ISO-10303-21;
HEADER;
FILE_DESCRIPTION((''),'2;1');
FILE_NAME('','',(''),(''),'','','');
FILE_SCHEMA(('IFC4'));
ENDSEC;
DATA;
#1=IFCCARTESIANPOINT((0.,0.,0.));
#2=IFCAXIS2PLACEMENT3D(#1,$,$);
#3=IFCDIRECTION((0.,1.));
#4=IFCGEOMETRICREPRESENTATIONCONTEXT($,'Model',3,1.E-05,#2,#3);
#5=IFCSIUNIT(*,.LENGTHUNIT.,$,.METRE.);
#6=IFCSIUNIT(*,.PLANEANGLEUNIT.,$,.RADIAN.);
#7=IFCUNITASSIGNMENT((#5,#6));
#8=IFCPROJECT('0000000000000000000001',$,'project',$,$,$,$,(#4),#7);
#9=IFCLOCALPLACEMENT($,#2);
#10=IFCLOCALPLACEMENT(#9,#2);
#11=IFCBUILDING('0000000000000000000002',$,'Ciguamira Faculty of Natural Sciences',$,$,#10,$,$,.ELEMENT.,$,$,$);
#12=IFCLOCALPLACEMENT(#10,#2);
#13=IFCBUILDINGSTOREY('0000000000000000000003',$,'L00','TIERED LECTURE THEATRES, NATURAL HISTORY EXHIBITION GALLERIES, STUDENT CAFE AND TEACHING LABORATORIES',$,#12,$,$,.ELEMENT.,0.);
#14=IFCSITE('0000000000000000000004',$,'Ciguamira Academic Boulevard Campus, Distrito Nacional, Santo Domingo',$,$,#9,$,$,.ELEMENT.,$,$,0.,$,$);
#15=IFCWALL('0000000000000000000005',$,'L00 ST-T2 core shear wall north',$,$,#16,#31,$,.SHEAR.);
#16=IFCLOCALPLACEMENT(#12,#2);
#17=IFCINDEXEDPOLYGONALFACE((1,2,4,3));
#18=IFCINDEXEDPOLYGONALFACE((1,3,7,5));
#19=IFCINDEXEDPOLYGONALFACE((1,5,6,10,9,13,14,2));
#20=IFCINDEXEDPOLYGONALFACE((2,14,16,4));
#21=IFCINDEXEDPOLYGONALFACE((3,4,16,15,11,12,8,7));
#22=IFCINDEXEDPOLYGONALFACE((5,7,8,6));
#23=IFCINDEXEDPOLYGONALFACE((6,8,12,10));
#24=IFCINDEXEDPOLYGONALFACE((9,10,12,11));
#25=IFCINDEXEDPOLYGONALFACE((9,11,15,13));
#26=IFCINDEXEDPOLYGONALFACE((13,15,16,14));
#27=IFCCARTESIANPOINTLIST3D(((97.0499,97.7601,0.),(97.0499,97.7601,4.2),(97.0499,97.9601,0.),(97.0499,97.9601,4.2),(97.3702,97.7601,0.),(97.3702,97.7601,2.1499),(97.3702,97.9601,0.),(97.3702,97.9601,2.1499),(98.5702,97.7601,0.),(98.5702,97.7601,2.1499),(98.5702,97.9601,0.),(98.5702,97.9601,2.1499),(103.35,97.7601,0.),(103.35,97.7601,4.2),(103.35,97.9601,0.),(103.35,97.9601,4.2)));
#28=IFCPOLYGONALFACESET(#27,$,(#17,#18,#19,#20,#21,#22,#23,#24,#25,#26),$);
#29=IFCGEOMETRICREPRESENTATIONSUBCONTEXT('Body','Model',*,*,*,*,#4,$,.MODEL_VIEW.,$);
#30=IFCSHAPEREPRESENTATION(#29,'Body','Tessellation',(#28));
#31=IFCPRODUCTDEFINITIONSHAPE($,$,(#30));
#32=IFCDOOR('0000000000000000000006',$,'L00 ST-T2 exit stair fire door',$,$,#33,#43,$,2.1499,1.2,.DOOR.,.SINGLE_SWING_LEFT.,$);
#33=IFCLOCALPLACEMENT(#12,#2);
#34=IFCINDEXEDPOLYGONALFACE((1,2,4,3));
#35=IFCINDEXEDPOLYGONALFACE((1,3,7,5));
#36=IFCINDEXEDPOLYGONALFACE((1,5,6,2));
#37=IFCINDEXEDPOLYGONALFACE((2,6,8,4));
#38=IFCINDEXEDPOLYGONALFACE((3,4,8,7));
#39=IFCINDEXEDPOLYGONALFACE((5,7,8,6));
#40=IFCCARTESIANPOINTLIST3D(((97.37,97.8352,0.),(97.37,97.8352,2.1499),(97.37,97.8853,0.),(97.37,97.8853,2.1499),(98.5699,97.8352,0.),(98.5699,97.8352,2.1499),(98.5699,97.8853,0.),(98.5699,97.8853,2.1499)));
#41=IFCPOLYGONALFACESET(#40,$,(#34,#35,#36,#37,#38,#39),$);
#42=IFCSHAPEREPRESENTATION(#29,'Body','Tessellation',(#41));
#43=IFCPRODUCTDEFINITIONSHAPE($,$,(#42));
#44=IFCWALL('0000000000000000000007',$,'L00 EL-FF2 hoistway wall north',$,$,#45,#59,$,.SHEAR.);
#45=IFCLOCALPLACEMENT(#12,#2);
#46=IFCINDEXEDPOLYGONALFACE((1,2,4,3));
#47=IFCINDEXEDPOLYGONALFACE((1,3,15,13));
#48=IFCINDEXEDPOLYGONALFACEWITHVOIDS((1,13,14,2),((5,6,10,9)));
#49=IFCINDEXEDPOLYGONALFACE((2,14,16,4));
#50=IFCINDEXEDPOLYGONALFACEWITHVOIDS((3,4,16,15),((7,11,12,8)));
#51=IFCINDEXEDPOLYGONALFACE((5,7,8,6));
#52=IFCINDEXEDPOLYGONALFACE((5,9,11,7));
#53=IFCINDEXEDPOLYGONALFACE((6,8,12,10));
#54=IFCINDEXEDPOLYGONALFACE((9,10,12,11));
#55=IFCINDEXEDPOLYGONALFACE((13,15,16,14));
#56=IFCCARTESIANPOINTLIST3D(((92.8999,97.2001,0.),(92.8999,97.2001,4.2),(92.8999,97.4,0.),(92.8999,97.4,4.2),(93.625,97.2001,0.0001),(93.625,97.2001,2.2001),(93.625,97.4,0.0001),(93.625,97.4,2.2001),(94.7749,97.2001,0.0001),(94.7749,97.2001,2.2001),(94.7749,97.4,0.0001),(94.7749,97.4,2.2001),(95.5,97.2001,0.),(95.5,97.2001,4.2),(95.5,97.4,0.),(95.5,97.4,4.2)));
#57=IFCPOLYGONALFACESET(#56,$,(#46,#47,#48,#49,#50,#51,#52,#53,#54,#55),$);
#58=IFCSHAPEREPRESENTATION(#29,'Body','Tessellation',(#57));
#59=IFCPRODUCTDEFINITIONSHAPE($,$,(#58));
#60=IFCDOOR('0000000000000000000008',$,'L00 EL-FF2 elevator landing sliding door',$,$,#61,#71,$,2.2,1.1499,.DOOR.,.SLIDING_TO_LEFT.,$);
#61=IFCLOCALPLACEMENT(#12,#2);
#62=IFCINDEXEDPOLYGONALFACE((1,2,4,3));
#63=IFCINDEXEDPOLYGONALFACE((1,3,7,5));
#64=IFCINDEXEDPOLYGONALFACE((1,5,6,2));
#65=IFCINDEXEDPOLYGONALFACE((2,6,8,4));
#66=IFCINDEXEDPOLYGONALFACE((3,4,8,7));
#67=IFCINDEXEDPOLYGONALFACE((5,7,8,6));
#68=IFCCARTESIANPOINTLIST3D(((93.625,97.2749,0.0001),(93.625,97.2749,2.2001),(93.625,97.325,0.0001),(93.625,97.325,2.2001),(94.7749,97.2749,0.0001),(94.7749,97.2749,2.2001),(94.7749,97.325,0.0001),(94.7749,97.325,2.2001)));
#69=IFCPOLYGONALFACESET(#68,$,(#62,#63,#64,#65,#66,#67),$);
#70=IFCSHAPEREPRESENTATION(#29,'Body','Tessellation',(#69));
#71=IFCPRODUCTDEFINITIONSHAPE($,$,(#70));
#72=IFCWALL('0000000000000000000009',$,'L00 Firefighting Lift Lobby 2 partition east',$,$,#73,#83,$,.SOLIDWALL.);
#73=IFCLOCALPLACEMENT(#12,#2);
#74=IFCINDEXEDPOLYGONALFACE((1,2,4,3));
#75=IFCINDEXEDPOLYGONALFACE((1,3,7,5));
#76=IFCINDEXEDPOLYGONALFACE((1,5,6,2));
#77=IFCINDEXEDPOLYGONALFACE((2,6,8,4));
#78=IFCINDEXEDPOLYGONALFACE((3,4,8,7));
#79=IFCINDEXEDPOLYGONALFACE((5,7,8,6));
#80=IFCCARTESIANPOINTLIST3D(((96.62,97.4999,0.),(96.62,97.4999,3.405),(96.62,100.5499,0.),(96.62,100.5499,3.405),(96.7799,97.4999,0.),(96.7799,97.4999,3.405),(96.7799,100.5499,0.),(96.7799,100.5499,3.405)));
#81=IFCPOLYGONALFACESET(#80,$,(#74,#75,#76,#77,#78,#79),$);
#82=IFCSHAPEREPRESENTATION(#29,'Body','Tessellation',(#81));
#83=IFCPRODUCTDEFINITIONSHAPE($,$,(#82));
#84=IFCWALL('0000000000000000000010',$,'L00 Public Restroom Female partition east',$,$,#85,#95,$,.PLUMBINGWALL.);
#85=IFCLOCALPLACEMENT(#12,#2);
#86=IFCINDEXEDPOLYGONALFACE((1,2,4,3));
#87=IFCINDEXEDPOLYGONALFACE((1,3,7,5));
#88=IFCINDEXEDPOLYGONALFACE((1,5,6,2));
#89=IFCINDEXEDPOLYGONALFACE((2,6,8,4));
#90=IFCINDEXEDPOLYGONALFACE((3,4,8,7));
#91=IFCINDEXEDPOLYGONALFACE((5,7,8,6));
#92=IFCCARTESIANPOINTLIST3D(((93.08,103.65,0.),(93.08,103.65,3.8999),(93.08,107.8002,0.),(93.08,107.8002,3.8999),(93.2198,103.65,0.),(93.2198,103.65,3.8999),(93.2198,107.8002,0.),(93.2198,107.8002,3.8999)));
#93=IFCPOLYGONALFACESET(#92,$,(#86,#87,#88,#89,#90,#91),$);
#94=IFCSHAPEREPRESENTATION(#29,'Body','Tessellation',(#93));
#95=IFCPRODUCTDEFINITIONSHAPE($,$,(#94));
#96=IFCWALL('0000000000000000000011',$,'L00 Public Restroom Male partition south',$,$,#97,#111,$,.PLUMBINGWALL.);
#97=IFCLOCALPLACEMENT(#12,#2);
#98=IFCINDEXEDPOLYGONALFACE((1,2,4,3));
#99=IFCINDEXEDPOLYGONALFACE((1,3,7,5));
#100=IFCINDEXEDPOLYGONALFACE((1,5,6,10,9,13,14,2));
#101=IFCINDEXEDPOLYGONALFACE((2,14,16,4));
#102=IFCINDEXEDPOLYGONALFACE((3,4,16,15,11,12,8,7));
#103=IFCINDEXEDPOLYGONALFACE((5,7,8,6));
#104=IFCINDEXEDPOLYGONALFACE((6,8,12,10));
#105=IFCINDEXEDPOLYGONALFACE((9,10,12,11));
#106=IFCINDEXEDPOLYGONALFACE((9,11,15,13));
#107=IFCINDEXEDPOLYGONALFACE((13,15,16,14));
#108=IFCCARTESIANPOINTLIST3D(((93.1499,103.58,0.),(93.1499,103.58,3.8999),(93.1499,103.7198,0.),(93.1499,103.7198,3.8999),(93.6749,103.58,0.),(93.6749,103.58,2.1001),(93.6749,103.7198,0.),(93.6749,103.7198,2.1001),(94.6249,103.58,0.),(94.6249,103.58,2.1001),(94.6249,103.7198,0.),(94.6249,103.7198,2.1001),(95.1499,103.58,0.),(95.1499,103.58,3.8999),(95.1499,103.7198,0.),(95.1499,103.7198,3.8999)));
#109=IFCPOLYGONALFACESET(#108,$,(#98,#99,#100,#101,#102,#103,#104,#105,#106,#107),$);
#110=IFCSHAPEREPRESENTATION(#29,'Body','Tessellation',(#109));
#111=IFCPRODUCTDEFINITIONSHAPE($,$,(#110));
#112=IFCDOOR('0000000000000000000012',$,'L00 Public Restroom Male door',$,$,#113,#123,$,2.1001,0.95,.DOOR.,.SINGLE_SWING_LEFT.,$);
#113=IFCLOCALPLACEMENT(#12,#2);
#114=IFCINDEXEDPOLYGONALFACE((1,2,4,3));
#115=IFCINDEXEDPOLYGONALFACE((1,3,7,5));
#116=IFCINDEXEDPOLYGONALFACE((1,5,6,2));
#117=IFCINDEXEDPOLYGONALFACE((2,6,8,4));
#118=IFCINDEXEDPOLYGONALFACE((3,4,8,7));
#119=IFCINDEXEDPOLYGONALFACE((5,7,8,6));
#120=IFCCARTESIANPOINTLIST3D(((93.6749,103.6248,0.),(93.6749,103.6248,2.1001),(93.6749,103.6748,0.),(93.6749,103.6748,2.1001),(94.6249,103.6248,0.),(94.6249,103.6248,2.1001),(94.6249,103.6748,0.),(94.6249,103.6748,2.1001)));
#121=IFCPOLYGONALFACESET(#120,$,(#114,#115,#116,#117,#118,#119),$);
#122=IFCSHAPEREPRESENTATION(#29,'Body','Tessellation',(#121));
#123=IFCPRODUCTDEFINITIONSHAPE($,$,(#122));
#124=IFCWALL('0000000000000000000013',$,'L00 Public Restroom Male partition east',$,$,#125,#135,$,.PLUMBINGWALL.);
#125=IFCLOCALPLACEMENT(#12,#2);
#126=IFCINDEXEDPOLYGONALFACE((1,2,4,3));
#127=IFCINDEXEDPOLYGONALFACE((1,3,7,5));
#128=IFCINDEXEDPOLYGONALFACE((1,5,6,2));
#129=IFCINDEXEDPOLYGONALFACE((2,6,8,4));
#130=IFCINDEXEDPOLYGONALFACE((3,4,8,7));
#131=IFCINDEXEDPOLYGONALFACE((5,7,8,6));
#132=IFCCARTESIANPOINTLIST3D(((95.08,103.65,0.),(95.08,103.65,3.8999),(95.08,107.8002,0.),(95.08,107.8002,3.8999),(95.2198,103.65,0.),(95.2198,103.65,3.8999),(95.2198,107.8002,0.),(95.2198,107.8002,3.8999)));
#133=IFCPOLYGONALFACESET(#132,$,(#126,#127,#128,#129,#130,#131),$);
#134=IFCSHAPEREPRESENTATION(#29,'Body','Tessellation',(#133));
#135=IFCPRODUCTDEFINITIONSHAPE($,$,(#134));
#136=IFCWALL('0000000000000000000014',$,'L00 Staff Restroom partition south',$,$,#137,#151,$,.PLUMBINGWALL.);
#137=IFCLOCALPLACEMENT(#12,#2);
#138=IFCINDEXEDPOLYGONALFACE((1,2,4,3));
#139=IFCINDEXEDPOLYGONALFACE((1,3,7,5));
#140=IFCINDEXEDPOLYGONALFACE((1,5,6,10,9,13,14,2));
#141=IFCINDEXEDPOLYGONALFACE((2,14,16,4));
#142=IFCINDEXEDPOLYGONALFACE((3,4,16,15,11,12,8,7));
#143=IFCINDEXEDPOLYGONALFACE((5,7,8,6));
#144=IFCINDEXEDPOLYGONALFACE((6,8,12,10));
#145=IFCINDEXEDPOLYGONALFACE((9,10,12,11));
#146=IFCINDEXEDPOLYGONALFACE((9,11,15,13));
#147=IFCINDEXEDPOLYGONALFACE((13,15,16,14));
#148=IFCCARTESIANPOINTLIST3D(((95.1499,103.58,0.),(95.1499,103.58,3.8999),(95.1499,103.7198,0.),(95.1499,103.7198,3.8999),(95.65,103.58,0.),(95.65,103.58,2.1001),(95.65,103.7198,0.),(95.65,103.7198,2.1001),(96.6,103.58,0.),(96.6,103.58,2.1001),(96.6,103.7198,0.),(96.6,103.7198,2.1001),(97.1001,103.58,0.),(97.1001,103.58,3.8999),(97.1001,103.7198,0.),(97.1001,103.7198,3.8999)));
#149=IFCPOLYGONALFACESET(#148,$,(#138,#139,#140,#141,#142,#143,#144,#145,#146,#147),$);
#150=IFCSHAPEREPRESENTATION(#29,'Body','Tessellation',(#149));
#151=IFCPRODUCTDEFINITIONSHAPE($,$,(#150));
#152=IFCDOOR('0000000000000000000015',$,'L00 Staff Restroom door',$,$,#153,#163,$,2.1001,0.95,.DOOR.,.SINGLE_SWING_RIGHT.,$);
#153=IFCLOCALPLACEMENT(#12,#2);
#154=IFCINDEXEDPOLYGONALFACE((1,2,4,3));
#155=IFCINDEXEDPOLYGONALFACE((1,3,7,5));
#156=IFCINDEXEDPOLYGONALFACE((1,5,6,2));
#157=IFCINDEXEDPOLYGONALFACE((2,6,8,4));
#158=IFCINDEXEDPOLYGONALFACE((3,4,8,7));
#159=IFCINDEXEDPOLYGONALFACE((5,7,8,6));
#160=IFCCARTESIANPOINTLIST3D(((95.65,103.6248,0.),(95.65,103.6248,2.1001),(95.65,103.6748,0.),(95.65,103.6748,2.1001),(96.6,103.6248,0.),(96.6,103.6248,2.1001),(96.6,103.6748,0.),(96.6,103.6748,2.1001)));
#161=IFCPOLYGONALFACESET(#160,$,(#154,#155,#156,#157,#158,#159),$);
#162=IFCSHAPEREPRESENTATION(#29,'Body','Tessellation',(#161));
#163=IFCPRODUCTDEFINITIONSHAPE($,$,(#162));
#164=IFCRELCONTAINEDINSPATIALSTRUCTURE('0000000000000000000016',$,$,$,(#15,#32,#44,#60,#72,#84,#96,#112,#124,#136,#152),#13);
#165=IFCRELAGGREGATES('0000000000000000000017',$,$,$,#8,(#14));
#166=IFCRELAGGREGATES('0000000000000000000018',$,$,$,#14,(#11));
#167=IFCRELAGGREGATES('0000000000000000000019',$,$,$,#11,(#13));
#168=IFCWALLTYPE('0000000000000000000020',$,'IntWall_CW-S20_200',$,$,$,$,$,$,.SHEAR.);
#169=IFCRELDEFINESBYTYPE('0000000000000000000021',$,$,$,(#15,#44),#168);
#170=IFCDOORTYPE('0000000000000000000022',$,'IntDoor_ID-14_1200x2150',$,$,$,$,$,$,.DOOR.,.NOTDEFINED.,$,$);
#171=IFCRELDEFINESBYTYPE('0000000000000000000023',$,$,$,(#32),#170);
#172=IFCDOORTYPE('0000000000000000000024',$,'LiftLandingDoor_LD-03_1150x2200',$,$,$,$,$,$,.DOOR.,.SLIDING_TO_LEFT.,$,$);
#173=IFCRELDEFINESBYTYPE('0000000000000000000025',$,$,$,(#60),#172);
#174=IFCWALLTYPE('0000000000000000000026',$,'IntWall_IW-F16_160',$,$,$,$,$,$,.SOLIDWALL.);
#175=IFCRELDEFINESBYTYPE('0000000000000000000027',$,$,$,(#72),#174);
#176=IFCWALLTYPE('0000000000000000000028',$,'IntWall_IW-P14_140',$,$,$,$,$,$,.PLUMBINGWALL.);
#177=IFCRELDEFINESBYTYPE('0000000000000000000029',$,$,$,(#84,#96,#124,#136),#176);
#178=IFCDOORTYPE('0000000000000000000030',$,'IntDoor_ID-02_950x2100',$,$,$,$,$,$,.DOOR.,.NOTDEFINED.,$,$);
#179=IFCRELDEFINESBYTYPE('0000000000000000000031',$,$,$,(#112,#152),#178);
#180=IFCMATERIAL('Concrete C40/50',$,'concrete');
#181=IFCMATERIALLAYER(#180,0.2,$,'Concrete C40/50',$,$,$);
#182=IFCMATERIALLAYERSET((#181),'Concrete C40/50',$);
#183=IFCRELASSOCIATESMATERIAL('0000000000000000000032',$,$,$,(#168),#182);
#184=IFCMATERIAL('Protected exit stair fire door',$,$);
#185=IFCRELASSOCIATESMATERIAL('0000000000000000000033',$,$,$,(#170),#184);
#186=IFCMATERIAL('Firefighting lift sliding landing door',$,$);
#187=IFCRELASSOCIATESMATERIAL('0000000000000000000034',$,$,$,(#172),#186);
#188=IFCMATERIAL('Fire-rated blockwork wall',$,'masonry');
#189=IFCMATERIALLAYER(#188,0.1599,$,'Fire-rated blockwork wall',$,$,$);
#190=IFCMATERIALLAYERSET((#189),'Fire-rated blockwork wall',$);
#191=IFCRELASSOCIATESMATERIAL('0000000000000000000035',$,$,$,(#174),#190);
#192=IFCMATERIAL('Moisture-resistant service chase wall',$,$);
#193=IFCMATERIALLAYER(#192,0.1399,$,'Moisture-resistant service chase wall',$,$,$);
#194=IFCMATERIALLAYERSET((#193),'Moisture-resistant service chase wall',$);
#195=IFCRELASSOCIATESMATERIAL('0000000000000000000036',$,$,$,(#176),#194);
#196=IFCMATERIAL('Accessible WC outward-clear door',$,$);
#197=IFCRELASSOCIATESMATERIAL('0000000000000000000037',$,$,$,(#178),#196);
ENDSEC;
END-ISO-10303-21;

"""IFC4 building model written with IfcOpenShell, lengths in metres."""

from ifc_helpers import new_model, si_unit, direction, frame, frame_2d, origin, place, context, subcontext, project, spatial, rectangle, extrude, material, layer, layer_set, type_object, element, fill, save


model = new_model("IFC4")

# Units and contexts
model_context = context("Model", 3, precision=1e-05, world=origin(), true_north=direction((0.0, 1.0)))
body_context = subcontext(model_context, "Body", "Model", "MODEL_VIEW")
ifc_project = project(units=[si_unit("LENGTHUNIT", "METRE"), si_unit("PLANEANGLEUNIT", "RADIAN")], contexts=[model_context])

# Site, building, storey
site_placement = place(None, origin())
site = spatial("IfcSite", under=ifc_project, at=site_placement, Name="Ciguamira Academic Boulevard Campus, Distrito Nacional, Santo Domingo", CompositionType="ELEMENT", RefElevation=0.0)
building_placement = place(site_placement, origin())
building = spatial("IfcBuilding", under=site, at=building_placement, Name="Ciguamira Faculty of Natural Sciences", CompositionType="ELEMENT")
storey_placement = place(building_placement, origin())
storey = spatial("IfcBuildingStorey", under=building, at=storey_placement, Name="L00", Description="TIERED LECTURE THEATRES, NATURAL HISTORY EXHIBITION GALLERIES, STUDENT CAFE AND TEACHING LABORATORIES", CompositionType="ELEMENT", Elevation=0.0)

# Shared definitions
ifc_material_1 = material(Name="Concrete C40/50", Category="concrete")

# Walls, openings, doors
ifc_layer_1 = layer(ifc_material_1, 0.2, Name="Concrete C40/50")
ifc_layer_set_1 = layer_set([ifc_layer_1], Name="Concrete C40/50")
wall_type_1 = type_object("IfcWallType", Name="IntWall_CW-S20_200", PredefinedType="SHEAR", material=ifc_layer_set_1)
wall_1_placement = place(storey_placement, frame((97.05, 97.8601, 0.0), z_axis=(0.0, 0.0, 1.0), x_axis=(1.0, 0.0, 0.0)))
wall_1 = element("IfcWall", 1, at=wall_1_placement, inside=storey, type_object=wall_type_1, Name="L00 ST-T2 core shear wall north", PredefinedType="SHEAR", context=body_context, shape_type="SweptSolid", body=[
    extrude(rectangle(XDim=6.3, YDim=0.2, at=frame_2d((3.1499, 0.0))), origin(), (0.0, 0.0, 1.0), 4.2),
])
opening_1_placement = place(wall_1_placement, frame((0.3201, 0.0, 0.0)))
opening_1 = element("IfcOpeningElement", 2, at=opening_1_placement, cuts=wall_1, PredefinedType="OPENING", context=body_context, shape_type="SweptSolid", body=[
    extrude(rectangle(XDim=1.2, YDim=2.1499, at=frame_2d((0.6001, 1.075))), frame((0.0, 0.1099, 0.0), z_axis=(0.0, -1.0, 0.0), x_axis=(1.0, 0.0, 0.0)), (0.0, 0.0, 1.0), 0.22),
])
ifc_material_2 = material(Name="Protected exit stair fire door")
door_type_1 = type_object("IfcDoorType", Name="IntDoor_ID-14_1200x2150", OperationType="NOTDEFINED", PredefinedType="DOOR", material=ifc_material_2)
door_1_placement = place(opening_1_placement, frame((1.2, 0.0, 0.0), z_axis=(0.0, 0.0, 1.0), x_axis=(-1.0, 0.0, 0.0)))
door_1 = element("IfcDoor", 3, at=door_1_placement, inside=storey, type_object=door_type_1, Name="L00 ST-T2 exit stair fire door", OperationType="SINGLE_SWING_LEFT", OverallHeight=2.1499, OverallWidth=1.2, PredefinedType="DOOR", context=body_context, shape_type="SweptSolid", body=[
    extrude(rectangle(XDim=1.2, YDim=2.1499, at=frame_2d((0.6001, 1.075))), frame((0.0, 0.0249, 0.0), z_axis=(0.0, -1.0, 0.0), x_axis=(1.0, 0.0, 0.0)), (0.0, 0.0, 1.0), 0.05),
])
fill(opening_1, door_1)
wall_2_placement = place(storey_placement, frame((92.8999, 97.3, 0.0), z_axis=(0.0, 0.0, 1.0), x_axis=(1.0, 0.0, 0.0)))
wall_2 = element("IfcWall", 4, at=wall_2_placement, inside=storey, type_object=wall_type_1, Name="L00 EL-FF2 hoistway wall north", PredefinedType="SHEAR", context=body_context, shape_type="SweptSolid", body=[
    extrude(rectangle(XDim=2.6001, YDim=0.2, at=frame_2d((1.3, 0.0))), origin(), (0.0, 0.0, 1.0), 4.2),
])
opening_2_placement = place(wall_2_placement, frame((0.7251, 0.0, 0.0)))
opening_2 = element("IfcOpeningElement", 5, at=opening_2_placement, cuts=wall_2, PredefinedType="OPENING", context=body_context, shape_type="SweptSolid", body=[
    extrude(rectangle(XDim=1.1499, YDim=2.2, at=frame_2d((0.575, 1.1001))), frame((0.0, 0.1099, 0.0), z_axis=(0.0, -1.0, 0.0), x_axis=(1.0, 0.0, 0.0)), (0.0, 0.0, 1.0), 0.22),
])
ifc_material_3 = material(Name="Firefighting lift sliding landing door")
door_type_2 = type_object("IfcDoorType", Name="LiftLandingDoor_LD-03_1150x2200", OperationType="SLIDING_TO_LEFT", PredefinedType="DOOR", material=ifc_material_3)
door_2_placement = place(opening_2_placement, origin())
door_2 = element("IfcDoor", 6, at=door_2_placement, inside=storey, type_object=door_type_2, Name="L00 EL-FF2 elevator landing sliding door", OperationType="SLIDING_TO_LEFT", OverallHeight=2.2, OverallWidth=1.1499, PredefinedType="DOOR", context=body_context, shape_type="SweptSolid", body=[
    extrude(rectangle(XDim=1.1499, YDim=2.2, at=frame_2d((0.575, 1.1001))), frame((0.0, 0.0249, 0.0), z_axis=(0.0, -1.0, 0.0), x_axis=(1.0, 0.0, 0.0)), (0.0, 0.0, 1.0), 0.05),
])
fill(opening_2, door_2)
ifc_material_4 = material(Name="Fire-rated blockwork wall", Category="masonry")
ifc_layer_2 = layer(ifc_material_4, 0.1599, Name="Fire-rated blockwork wall")
ifc_layer_set_2 = layer_set([ifc_layer_2], Name="Fire-rated blockwork wall")
wall_type_2 = type_object("IfcWallType", Name="IntWall_IW-F16_160", PredefinedType="SOLIDWALL", material=ifc_layer_set_2)

# Walls
wall_3_placement = place(storey_placement, frame((96.7, 97.5, 0.0), z_axis=(0.0, 0.0, 1.0), x_axis=(0.0, 1.0, 0.0)))
element("IfcWall", 7, at=wall_3_placement, inside=storey, type_object=wall_type_2, Name="L00 Firefighting Lift Lobby 2 partition east", PredefinedType="SOLIDWALL", context=body_context, shape_type="SweptSolid", body=[
    extrude(rectangle(XDim=3.05, YDim=0.1599, at=frame_2d((1.5249, 0.0))), origin(), (0.0, 0.0, 1.0), 3.405),
])
ifc_material_5 = material(Name="Moisture-resistant service chase wall")
ifc_layer_3 = layer(ifc_material_5, 0.1399, Name="Moisture-resistant service chase wall")
ifc_layer_set_3 = layer_set([ifc_layer_3], Name="Moisture-resistant service chase wall")
wall_type_3 = type_object("IfcWallType", Name="IntWall_IW-P14_140", PredefinedType="PLUMBINGWALL", material=ifc_layer_set_3)
wall_4_placement = place(storey_placement, frame((93.1499, 103.6499, 0.0), z_axis=(0.0, 0.0, 1.0), x_axis=(0.0, 1.0, 0.0)))
element("IfcWall", 8, at=wall_4_placement, inside=storey, type_object=wall_type_3, Name="L00 Public Restroom Female partition east", PredefinedType="PLUMBINGWALL", context=body_context, shape_type="SweptSolid", body=[
    extrude(rectangle(XDim=4.1501, YDim=0.1399, at=frame_2d((2.0752, 0.0))), origin(), (0.0, 0.0, 1.0), 3.8999),
])

# Wall, opening, door
wall_5_placement = place(storey_placement, frame((93.1499, 103.6499, 0.0), z_axis=(0.0, 0.0, 1.0), x_axis=(1.0, 0.0, 0.0)))
wall_5 = element("IfcWall", 9, at=wall_5_placement, inside=storey, type_object=wall_type_3, Name="L00 Public Restroom Male partition south", PredefinedType="PLUMBINGWALL", context=body_context, shape_type="SweptSolid", body=[
    extrude(rectangle(XDim=2.0, YDim=0.1399, at=frame_2d((1.0, 0.0))), origin(), (0.0, 0.0, 1.0), 3.8999),
])
opening_3_placement = place(wall_5_placement, frame((0.5249, 0.0, 0.0)))
opening_3 = element("IfcOpeningElement", 10, at=opening_3_placement, cuts=wall_5, PredefinedType="OPENING", context=body_context, shape_type="SweptSolid", body=[
    extrude(rectangle(XDim=0.95, YDim=2.1001, at=frame_2d((0.4751, 1.05))), frame((0.0, 0.0798, 0.0), z_axis=(0.0, -1.0, 0.0), x_axis=(1.0, 0.0, 0.0)), (0.0, 0.0, 1.0), 0.1599),
])
ifc_material_6 = material(Name="Accessible WC outward-clear door")
door_type_3 = type_object("IfcDoorType", Name="IntDoor_ID-02_950x2100", OperationType="NOTDEFINED", PredefinedType="DOOR", material=ifc_material_6)
door_3_placement = place(opening_3_placement, origin())
door_3 = element("IfcDoor", 11, at=door_3_placement, inside=storey, type_object=door_type_3, Name="L00 Public Restroom Male door", OperationType="SINGLE_SWING_LEFT", OverallHeight=2.1001, OverallWidth=0.95, PredefinedType="DOOR", context=body_context, shape_type="SweptSolid", body=[
    extrude(rectangle(XDim=0.95, YDim=2.1001, at=frame_2d((0.4751, 1.05))), frame((0.0, 0.0249, 0.0), z_axis=(0.0, -1.0, 0.0), x_axis=(1.0, 0.0, 0.0)), (0.0, 0.0, 1.0), 0.05),
])
fill(opening_3, door_3)

# Wall
wall_6_placement = place(storey_placement, frame((95.1499, 103.6499, 0.0), z_axis=(0.0, 0.0, 1.0), x_axis=(0.0, 1.0, 0.0)))
element("IfcWall", 12, at=wall_6_placement, inside=storey, type_object=wall_type_3, Name="L00 Public Restroom Male partition east", PredefinedType="PLUMBINGWALL", context=body_context, shape_type="SweptSolid", body=[
    extrude(rectangle(XDim=4.1501, YDim=0.1399, at=frame_2d((2.0752, 0.0))), origin(), (0.0, 0.0, 1.0), 3.8999),
])

# Wall, opening, door
wall_7_placement = place(storey_placement, frame((95.1499, 103.6499, 0.0), z_axis=(0.0, 0.0, 1.0), x_axis=(1.0, 0.0, 0.0)))
wall_7 = element("IfcWall", 13, at=wall_7_placement, inside=storey, type_object=wall_type_3, Name="L00 Staff Restroom partition south", PredefinedType="PLUMBINGWALL", context=body_context, shape_type="SweptSolid", body=[
    extrude(rectangle(XDim=1.9502, YDim=0.1399, at=frame_2d((0.9751, 0.0))), origin(), (0.0, 0.0, 1.0), 3.8999),
])
opening_4_placement = place(wall_7_placement, frame((0.5, 0.0, 0.0)))
opening_4 = element("IfcOpeningElement", 14, at=opening_4_placement, cuts=wall_7, PredefinedType="OPENING", context=body_context, shape_type="SweptSolid", body=[
    extrude(rectangle(XDim=0.95, YDim=2.1001, at=frame_2d((0.4751, 1.05))), frame((0.0, 0.0798, 0.0), z_axis=(0.0, -1.0, 0.0), x_axis=(1.0, 0.0, 0.0)), (0.0, 0.0, 1.0), 0.1599),
])
door_4_placement = place(opening_4_placement, origin())
door_4 = element("IfcDoor", 15, at=door_4_placement, inside=storey, type_object=door_type_3, Name="L00 Staff Restroom door", OperationType="SINGLE_SWING_RIGHT", OverallHeight=2.1001, OverallWidth=0.95, PredefinedType="DOOR", context=body_context, shape_type="SweptSolid", body=[
    extrude(rectangle(XDim=0.95, YDim=2.1001, at=frame_2d((0.4751, 1.05))), frame((0.0, 0.0249, 0.0), z_axis=(0.0, -1.0, 0.0), x_axis=(1.0, 0.0, 0.0)), (0.0, 0.0, 1.0), 0.05),
])
fill(opening_4, door_4)

save(model, "model.ifc")
